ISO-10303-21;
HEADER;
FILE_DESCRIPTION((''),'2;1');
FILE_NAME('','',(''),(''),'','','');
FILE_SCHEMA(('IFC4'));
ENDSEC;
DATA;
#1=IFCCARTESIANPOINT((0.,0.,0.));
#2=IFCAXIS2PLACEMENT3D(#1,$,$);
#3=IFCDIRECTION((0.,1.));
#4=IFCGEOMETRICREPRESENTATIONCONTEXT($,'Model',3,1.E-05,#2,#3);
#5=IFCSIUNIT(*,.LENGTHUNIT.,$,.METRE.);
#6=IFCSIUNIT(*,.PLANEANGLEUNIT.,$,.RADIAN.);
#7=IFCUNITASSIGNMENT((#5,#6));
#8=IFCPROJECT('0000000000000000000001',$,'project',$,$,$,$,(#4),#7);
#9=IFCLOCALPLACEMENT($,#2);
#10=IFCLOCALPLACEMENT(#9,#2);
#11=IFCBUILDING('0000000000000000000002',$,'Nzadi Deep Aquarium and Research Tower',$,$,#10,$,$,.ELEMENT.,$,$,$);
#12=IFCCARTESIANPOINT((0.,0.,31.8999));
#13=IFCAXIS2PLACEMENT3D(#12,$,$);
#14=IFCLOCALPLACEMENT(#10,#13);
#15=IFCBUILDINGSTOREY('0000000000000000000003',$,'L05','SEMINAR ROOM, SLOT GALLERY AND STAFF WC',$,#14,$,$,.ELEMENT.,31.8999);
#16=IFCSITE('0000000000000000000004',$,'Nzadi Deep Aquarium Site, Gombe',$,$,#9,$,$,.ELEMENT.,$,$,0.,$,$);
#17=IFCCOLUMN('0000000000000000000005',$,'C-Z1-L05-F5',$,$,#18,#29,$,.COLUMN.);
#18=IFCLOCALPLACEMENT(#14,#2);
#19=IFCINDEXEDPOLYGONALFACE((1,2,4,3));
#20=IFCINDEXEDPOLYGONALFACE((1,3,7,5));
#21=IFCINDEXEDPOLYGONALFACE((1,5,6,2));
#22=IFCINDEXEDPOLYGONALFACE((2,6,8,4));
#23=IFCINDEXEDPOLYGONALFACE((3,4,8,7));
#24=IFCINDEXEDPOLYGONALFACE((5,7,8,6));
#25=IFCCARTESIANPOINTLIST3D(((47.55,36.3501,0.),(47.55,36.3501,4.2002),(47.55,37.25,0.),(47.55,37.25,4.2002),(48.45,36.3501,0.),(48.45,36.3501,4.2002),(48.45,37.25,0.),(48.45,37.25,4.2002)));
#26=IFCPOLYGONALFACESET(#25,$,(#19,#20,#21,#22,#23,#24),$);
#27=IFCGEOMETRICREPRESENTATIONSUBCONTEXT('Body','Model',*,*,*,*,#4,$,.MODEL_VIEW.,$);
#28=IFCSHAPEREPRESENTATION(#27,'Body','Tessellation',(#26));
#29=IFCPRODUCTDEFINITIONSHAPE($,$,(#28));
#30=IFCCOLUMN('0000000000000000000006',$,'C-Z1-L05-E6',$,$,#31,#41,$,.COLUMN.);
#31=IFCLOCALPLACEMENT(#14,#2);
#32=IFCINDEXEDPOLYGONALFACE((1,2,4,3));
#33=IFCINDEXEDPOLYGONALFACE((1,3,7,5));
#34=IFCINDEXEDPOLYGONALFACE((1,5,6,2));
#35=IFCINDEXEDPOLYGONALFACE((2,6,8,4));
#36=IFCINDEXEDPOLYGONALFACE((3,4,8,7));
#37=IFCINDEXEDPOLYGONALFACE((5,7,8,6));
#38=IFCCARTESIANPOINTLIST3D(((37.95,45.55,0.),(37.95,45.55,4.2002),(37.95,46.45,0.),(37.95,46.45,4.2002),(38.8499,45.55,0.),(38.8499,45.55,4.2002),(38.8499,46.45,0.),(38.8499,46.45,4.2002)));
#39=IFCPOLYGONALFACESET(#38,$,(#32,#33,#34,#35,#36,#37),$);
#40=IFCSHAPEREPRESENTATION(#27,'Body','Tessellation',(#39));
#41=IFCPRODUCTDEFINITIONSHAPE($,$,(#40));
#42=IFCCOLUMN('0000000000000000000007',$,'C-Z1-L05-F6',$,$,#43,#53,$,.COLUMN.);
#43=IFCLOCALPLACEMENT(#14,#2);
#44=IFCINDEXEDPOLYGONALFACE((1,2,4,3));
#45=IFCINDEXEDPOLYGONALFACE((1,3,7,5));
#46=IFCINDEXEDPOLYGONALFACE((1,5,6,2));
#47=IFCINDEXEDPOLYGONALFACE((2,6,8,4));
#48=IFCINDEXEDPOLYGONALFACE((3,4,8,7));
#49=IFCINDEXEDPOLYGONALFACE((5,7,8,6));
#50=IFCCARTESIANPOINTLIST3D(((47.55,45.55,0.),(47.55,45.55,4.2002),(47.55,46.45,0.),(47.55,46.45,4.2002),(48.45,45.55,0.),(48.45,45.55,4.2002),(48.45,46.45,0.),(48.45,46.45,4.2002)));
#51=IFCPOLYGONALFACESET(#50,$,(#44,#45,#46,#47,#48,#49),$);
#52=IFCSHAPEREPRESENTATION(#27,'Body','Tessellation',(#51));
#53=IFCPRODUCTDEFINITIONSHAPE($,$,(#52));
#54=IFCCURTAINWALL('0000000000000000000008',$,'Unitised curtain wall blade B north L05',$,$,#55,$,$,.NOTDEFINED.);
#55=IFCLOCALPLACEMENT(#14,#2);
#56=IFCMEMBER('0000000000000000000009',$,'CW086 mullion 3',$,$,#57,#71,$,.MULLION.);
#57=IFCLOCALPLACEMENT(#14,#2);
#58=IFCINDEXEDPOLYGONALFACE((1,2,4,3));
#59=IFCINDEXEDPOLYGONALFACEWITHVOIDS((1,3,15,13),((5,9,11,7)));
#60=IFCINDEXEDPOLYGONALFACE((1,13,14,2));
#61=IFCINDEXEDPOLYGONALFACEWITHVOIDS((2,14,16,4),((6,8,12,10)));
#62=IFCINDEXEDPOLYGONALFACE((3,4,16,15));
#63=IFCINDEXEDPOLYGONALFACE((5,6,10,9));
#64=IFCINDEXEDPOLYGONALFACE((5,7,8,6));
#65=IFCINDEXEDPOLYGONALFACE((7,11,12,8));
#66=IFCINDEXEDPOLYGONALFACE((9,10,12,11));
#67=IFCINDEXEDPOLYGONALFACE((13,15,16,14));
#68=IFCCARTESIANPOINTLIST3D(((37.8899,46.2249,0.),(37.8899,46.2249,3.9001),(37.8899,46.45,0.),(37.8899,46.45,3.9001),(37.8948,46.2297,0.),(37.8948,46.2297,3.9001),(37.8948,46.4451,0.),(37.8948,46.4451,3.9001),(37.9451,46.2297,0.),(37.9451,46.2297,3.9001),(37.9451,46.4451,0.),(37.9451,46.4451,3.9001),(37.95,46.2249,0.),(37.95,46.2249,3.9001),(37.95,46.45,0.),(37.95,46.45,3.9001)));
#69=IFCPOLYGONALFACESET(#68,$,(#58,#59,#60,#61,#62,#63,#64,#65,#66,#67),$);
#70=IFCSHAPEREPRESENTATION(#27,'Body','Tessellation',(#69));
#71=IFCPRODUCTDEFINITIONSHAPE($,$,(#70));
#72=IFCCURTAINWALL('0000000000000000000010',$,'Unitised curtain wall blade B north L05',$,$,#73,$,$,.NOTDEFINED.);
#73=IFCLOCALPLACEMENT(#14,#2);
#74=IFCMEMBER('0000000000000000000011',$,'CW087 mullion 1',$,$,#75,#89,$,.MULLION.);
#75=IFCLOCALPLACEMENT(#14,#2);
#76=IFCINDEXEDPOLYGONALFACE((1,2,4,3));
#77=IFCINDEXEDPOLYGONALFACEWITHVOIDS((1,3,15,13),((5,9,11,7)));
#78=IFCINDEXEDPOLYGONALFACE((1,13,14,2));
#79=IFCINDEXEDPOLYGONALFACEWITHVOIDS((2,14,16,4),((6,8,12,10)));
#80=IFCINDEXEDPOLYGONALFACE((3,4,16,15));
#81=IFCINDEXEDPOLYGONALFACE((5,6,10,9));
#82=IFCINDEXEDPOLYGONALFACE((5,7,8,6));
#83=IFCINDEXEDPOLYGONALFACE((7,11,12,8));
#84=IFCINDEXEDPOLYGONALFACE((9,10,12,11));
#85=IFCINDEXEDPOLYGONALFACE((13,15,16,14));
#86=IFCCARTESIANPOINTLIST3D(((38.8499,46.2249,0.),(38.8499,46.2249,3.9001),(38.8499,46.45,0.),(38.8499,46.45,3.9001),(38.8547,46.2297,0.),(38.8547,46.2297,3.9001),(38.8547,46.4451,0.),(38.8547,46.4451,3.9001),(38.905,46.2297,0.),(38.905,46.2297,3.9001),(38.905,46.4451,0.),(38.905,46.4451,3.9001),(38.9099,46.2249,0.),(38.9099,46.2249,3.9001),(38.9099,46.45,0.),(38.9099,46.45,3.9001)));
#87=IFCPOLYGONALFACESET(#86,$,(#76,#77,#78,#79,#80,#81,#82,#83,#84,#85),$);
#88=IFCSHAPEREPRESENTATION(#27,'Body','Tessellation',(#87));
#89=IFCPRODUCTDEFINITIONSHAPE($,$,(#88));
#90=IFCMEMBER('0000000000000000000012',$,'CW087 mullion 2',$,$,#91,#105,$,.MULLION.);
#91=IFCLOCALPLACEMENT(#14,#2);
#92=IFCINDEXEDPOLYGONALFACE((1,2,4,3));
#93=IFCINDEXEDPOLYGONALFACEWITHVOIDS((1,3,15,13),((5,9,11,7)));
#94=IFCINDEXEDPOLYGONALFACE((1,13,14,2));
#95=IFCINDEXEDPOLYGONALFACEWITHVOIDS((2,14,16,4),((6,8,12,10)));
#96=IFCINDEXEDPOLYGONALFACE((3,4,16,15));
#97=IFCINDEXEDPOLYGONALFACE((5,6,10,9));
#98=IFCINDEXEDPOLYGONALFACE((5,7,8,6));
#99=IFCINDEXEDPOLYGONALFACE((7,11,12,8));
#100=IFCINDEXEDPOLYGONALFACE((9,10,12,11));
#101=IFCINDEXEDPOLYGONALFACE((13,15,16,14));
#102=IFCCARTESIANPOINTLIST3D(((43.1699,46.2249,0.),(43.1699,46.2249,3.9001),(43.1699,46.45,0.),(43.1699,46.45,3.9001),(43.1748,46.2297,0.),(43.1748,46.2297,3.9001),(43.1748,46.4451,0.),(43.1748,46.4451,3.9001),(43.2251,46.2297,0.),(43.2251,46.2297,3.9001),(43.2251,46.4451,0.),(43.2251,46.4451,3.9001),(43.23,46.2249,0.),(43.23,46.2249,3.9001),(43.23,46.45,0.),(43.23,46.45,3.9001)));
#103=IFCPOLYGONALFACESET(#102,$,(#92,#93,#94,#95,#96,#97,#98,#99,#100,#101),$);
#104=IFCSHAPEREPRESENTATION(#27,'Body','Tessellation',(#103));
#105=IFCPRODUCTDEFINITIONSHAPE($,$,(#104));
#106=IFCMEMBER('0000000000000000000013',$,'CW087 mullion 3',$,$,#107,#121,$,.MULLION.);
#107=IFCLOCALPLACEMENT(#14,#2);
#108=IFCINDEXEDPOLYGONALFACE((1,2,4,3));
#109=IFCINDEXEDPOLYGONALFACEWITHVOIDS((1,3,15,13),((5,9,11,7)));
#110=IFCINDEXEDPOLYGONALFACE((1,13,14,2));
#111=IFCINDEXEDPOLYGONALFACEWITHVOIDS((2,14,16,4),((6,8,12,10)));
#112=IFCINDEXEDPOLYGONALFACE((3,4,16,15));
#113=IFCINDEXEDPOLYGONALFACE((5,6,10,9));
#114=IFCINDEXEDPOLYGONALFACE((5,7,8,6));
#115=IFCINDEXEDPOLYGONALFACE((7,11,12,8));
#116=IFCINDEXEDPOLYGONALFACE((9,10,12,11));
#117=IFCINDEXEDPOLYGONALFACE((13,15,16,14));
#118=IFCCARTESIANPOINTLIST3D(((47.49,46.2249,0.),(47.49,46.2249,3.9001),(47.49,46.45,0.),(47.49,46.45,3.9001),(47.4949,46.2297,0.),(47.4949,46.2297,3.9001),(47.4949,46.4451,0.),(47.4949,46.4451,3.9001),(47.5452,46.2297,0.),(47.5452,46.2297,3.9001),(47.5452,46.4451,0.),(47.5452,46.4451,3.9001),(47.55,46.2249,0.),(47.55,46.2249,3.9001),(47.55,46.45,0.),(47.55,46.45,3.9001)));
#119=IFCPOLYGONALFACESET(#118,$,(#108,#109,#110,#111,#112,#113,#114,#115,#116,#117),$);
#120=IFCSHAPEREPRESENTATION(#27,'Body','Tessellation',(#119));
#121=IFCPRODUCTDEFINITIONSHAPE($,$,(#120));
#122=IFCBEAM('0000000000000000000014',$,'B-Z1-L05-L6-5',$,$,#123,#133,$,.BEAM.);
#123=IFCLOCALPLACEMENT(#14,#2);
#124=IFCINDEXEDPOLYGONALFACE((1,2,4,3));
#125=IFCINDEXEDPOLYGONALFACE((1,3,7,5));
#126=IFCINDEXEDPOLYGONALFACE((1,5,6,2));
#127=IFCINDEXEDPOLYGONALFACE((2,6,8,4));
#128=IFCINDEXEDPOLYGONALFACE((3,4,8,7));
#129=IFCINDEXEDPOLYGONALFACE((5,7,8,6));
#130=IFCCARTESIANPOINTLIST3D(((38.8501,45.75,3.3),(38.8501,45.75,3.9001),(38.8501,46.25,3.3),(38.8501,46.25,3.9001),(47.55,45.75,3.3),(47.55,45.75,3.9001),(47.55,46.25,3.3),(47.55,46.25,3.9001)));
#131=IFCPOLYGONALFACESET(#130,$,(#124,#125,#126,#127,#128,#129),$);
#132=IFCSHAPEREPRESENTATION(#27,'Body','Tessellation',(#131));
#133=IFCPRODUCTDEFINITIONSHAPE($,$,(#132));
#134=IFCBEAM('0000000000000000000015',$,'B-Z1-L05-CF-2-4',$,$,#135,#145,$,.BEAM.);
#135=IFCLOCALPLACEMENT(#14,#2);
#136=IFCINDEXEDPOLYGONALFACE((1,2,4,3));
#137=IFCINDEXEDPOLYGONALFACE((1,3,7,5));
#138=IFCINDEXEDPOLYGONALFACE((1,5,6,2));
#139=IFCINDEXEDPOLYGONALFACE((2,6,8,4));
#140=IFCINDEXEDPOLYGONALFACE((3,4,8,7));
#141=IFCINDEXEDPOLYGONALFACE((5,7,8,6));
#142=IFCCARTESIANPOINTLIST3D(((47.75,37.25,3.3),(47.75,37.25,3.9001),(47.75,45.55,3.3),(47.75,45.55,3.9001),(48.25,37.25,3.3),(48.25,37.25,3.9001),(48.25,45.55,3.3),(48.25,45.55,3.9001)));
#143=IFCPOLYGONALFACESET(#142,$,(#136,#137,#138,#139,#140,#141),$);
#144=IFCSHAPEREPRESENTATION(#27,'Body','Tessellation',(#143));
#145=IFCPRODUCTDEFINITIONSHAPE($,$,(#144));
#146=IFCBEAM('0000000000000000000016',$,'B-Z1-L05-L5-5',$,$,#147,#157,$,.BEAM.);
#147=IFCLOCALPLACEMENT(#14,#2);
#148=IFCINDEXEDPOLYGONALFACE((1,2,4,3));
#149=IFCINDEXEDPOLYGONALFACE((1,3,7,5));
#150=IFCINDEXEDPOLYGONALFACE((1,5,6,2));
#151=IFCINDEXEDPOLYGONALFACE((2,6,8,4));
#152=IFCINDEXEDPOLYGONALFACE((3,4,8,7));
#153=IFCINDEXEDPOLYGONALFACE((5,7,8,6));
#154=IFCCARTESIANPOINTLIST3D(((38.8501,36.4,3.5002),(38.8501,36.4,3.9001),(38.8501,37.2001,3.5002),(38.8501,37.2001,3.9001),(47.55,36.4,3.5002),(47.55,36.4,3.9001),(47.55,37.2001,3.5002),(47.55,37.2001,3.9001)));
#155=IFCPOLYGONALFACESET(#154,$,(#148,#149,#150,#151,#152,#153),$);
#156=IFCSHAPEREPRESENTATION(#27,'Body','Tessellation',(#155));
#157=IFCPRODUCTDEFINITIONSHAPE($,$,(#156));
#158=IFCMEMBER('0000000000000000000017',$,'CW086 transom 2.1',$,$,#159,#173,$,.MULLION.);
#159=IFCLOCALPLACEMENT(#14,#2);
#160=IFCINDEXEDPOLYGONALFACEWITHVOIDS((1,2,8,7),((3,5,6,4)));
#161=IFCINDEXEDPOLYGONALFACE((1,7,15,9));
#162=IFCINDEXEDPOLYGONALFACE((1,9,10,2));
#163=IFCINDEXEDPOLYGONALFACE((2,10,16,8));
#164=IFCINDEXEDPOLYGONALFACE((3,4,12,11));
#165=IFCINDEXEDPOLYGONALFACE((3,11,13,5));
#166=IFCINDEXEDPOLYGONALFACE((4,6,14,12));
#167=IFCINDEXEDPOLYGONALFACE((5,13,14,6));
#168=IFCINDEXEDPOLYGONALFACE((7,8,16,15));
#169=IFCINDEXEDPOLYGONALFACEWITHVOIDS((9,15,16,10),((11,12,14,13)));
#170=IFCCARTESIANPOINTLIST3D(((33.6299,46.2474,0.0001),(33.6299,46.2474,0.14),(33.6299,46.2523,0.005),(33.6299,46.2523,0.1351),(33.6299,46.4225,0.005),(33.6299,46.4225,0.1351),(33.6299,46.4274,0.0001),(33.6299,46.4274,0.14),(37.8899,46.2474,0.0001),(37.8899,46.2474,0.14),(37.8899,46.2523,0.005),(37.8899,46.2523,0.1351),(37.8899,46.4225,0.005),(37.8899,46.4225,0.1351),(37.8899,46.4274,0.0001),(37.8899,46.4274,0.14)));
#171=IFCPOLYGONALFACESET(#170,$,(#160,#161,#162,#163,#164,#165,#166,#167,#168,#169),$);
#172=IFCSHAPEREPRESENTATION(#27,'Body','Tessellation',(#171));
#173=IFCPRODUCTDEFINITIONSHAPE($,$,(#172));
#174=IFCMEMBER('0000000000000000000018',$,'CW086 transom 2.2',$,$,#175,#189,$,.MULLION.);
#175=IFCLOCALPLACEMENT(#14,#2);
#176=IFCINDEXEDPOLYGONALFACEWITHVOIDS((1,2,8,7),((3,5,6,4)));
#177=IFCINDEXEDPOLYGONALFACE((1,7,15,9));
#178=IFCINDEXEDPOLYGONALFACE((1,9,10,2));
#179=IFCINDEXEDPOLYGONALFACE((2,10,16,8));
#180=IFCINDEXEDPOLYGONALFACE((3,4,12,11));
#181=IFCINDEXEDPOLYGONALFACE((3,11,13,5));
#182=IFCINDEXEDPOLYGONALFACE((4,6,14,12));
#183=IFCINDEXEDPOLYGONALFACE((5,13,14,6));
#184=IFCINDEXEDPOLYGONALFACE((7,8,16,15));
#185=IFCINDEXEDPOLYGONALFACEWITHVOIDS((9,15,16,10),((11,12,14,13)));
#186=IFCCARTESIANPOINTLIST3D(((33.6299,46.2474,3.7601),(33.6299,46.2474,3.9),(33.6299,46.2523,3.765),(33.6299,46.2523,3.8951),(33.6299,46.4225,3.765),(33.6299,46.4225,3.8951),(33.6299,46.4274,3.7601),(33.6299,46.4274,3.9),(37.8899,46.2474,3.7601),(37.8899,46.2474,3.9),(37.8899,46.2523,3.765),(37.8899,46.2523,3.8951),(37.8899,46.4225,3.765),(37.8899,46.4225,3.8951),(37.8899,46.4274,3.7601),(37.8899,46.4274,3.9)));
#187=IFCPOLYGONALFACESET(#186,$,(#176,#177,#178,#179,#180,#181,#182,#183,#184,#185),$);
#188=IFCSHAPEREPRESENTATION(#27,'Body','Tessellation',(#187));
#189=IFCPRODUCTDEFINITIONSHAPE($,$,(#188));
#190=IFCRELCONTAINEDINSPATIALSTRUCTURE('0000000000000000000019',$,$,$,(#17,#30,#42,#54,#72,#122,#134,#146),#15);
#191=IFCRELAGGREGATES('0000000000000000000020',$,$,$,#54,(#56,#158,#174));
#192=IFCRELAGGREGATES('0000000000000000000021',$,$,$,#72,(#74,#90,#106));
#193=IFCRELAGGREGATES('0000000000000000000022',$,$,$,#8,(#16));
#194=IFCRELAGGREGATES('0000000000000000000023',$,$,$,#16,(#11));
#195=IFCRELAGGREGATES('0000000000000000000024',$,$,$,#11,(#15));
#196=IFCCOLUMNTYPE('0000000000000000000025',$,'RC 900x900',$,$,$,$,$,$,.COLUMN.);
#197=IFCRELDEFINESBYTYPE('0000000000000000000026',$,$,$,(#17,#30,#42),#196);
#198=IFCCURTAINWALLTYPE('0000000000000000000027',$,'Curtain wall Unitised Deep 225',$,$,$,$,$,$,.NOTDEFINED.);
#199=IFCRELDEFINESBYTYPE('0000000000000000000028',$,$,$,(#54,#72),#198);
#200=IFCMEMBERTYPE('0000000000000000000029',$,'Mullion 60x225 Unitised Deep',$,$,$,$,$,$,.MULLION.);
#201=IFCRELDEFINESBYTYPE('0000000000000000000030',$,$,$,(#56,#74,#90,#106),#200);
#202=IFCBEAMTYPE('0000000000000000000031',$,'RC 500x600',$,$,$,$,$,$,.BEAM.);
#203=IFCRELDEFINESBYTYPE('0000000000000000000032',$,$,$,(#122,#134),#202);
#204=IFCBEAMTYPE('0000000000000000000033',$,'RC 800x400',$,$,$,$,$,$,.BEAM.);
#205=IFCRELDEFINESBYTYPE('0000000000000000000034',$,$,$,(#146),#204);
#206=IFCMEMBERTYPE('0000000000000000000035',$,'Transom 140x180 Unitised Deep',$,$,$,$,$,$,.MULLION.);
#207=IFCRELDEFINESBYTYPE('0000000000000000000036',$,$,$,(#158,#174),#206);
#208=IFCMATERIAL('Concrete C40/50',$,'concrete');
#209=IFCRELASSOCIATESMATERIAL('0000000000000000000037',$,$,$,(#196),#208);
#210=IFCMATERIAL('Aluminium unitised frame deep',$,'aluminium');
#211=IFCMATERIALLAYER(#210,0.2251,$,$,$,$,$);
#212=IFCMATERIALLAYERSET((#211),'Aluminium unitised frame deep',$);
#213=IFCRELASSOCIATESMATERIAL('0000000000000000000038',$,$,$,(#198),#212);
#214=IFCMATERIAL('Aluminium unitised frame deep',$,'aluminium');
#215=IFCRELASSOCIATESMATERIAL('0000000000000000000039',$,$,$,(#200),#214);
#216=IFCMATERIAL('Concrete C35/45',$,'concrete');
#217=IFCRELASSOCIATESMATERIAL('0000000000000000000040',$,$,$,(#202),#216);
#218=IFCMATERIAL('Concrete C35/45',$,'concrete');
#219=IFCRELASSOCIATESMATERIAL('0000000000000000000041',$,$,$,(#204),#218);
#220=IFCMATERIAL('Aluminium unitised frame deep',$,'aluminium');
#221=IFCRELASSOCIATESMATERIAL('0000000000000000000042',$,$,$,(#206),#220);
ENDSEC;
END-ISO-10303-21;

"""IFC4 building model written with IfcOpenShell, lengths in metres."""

from ifc_helpers import new_model, si_unit, direction, frame, origin, origin_2d, place, context, subcontext, project, spatial, rectangle, hollow_rectangle, extrude, material, layer, layer_set, material_profile, profile_set, type_object, element, aggregate, save


model = new_model("IFC4")

# Units and contexts
model_context = context("Model", 3, precision=1e-05, world=origin(), true_north=direction((0.0, 1.0)))
body_context = subcontext(model_context, "Body", "Model", "MODEL_VIEW")
ifc_project = project(units=[si_unit("LENGTHUNIT", "METRE"), si_unit("PLANEANGLEUNIT", "RADIAN")], contexts=[model_context])

# Site, building, storey
site_placement = place(None, origin())
site = spatial("IfcSite", under=ifc_project, at=site_placement, Name="Nzadi Deep Aquarium Site, Gombe", CompositionType="ELEMENT", RefElevation=0.0)
building_placement = place(site_placement, origin())
building = spatial("IfcBuilding", under=site, at=building_placement, Name="Nzadi Deep Aquarium and Research Tower", CompositionType="ELEMENT")
storey_placement = place(building_placement, frame((0.0, 0.0, 31.8999)))
storey = spatial("IfcBuildingStorey", under=building, at=storey_placement, Name="L05", Description="SEMINAR ROOM, SLOT GALLERY AND STAFF WC", CompositionType="ELEMENT", Elevation=31.8999)

# Columns
ifc_material_1 = material(Name="Concrete C40/50", Category="concrete")
ifc_material_profile_1 = material_profile(ifc_material_1, rectangle(XDim=0.8999, YDim=0.8999, at=origin_2d()))
ifc_profile_set_1 = profile_set([ifc_material_profile_1], Name="Concrete C40/50")
column_type = type_object("IfcColumnType", Name="RC 900x900", PredefinedType="COLUMN", material=ifc_profile_set_1)
for number, where, z_axis, x_axis, name in (
    (1, (48.0, 36.8, 0.0), (0.0, 0.0, 1.0), (1.0, 0.0, 0.0), "C-Z1-L05-F5"),
    (2, (38.3999, 46.0, 0.0), (0.0, 0.0, 1.0), (1.0, 0.0, 0.0), "C-Z1-L05-E6"),
    (3, (48.0, 46.0, 0.0), (0.0, 0.0, 1.0), (1.0, 0.0, 0.0), "C-Z1-L05-F6"),
):
    element("IfcColumn", number, at=place(storey_placement, frame(where, z_axis=z_axis, x_axis=x_axis)), inside=storey, type_object=column_type, Name=name, PredefinedType="COLUMN", context=body_context, shape_type="SweptSolid", body=[
        extrude(rectangle(XDim=0.8999, YDim=0.8999, at=origin_2d()), origin(), (0.0, 0.0, 1.0), 4.2002),
    ])

# Curtain wall, member
ifc_material_2 = material(Name="Aluminium unitised frame deep", Category="aluminium")
ifc_layer_1 = layer(ifc_material_2, 0.2251)
ifc_layer_set_1 = layer_set([ifc_layer_1], Name="Aluminium unitised frame deep")
curtain_wall_type = type_object("IfcCurtainWallType", Name="Curtain wall Unitised Deep 225", PredefinedType="NOTDEFINED", material=ifc_layer_set_1)
curtain_wall_1_placement = place(storey_placement, origin())
curtain_wall_1 = element("IfcCurtainWall", 4, at=curtain_wall_1_placement, inside=storey, type_object=curtain_wall_type, Name="Unitised curtain wall blade B north L05", PredefinedType="NOTDEFINED")
ifc_material_3 = material(Name="Aluminium unitised frame deep", Category="aluminium")
ifc_material_profile_2 = material_profile(ifc_material_3, hollow_rectangle(XDim=0.2251, YDim=0.0601, WallThickness=0.0049, at=origin_2d()))
ifc_profile_set_2 = profile_set([ifc_material_profile_2], Name="Aluminium unitised frame deep")
member_type_1 = type_object("IfcMemberType", Name="Mullion 60x225 Unitised Deep", PredefinedType="MULLION", material=ifc_profile_set_2)
member_1_placement = place(storey_placement, frame((37.9199, 46.3374, 0.0), z_axis=(0.0, 0.0, 1.0), x_axis=(0.0, 1.0, 0.0)))
member_1 = element("IfcMember", 5, at=member_1_placement, type_object=member_type_1, Name="CW086 mullion 3", PredefinedType="MULLION", context=body_context, shape_type="SweptSolid", body=[
    extrude(hollow_rectangle(XDim=0.2251, YDim=0.0601, WallThickness=0.0049, at=origin_2d()), origin(), (0.0, 0.0, 1.0), 3.9001),
])

# Curtain wall, members
curtain_wall_2_placement = place(storey_placement, origin())
curtain_wall_2 = element("IfcCurtainWall", 6, at=curtain_wall_2_placement, inside=storey, type_object=curtain_wall_type, Name="Unitised curtain wall blade B north L05", PredefinedType="NOTDEFINED")
member_2_placement = place(storey_placement, frame((38.8799, 46.3374, 0.0), z_axis=(0.0, 0.0, 1.0), x_axis=(0.0, 1.0, 0.0)))
member_2 = element("IfcMember", 7, at=member_2_placement, type_object=member_type_1, Name="CW087 mullion 1", PredefinedType="MULLION", context=body_context, shape_type="SweptSolid", body=[
    extrude(hollow_rectangle(XDim=0.2251, YDim=0.0601, WallThickness=0.0049, at=origin_2d()), origin(), (0.0, 0.0, 1.0), 3.9001),
])
member_3_placement = place(storey_placement, frame((43.2, 46.3374, 0.0), z_axis=(0.0, 0.0, 1.0), x_axis=(0.0, 1.0, 0.0)))
member_3 = element("IfcMember", 8, at=member_3_placement, type_object=member_type_1, Name="CW087 mullion 2", PredefinedType="MULLION", context=body_context, shape_type="SweptSolid", body=[
    extrude(hollow_rectangle(XDim=0.2251, YDim=0.0601, WallThickness=0.0049, at=origin_2d()), origin(), (0.0, 0.0, 1.0), 3.9001),
])
member_4_placement = place(storey_placement, frame((47.52, 46.3374, 0.0), z_axis=(0.0, 0.0, 1.0), x_axis=(0.0, 1.0, 0.0)))
member_4 = element("IfcMember", 9, at=member_4_placement, type_object=member_type_1, Name="CW087 mullion 3", PredefinedType="MULLION", context=body_context, shape_type="SweptSolid", body=[
    extrude(hollow_rectangle(XDim=0.2251, YDim=0.0601, WallThickness=0.0049, at=origin_2d()), origin(), (0.0, 0.0, 1.0), 3.9001),
])

# Beams
ifc_material_4 = material(Name="Concrete C35/45", Category="concrete")
ifc_material_profile_3 = material_profile(ifc_material_4, rectangle(XDim=0.5, YDim=0.6001, at=origin_2d()))
ifc_profile_set_3 = profile_set([ifc_material_profile_3], Name="Concrete C35/45")
beam_type_1 = type_object("IfcBeamType", Name="RC 500x600", PredefinedType="BEAM", material=ifc_profile_set_3)
beam_1_placement = place(storey_placement, frame((38.8501, 46.0, 3.6001), z_axis=(1.0, 0.0, 0.0), x_axis=(0.0, 1.0, 0.0)))
element("IfcBeam", 10, at=beam_1_placement, inside=storey, type_object=beam_type_1, Name="B-Z1-L05-L6-5", PredefinedType="BEAM", context=body_context, shape_type="SweptSolid", body=[
    extrude(rectangle(XDim=0.5, YDim=0.6001, at=origin_2d()), origin(), (0.0, 0.0, 1.0), 8.7),
])
beam_2_placement = place(storey_placement, frame((48.0, 37.25, 3.6001), z_axis=(0.0, 1.0, 0.0), x_axis=(-1.0, 0.0, 0.0)))
element("IfcBeam", 11, at=beam_2_placement, inside=storey, type_object=beam_type_1, Name="B-Z1-L05-CF-2-4", PredefinedType="BEAM", context=body_context, shape_type="SweptSolid", body=[
    extrude(rectangle(XDim=0.5, YDim=0.6001, at=origin_2d()), origin(), (0.0, 0.0, 1.0), 8.3),
])
ifc_material_5 = material(Name="Concrete C35/45", Category="concrete")
ifc_material_profile_4 = material_profile(ifc_material_5, rectangle(XDim=0.8, YDim=0.3999, at=origin_2d()))
ifc_profile_set_4 = profile_set([ifc_material_profile_4], Name="Concrete C35/45")
beam_type_2 = type_object("IfcBeamType", Name="RC 800x400", PredefinedType="BEAM", material=ifc_profile_set_4)
beam_3_placement = place(storey_placement, frame((38.8501, 36.8, 3.7002), z_axis=(1.0, 0.0, 0.0), x_axis=(0.0, 1.0, 0.0)))
element("IfcBeam", 12, at=beam_3_placement, inside=storey, type_object=beam_type_2, Name="B-Z1-L05-L5-5", PredefinedType="BEAM", context=body_context, shape_type="SweptSolid", body=[
    extrude(rectangle(XDim=0.8, YDim=0.3999, at=origin_2d()), origin(), (0.0, 0.0, 1.0), 8.7),
])

# Members
ifc_material_6 = material(Name="Aluminium unitised frame deep", Category="aluminium")
ifc_material_profile_5 = material_profile(ifc_material_6, hollow_rectangle(XDim=0.1799, YDim=0.1399, WallThickness=0.0049, at=origin_2d()))
ifc_profile_set_5 = profile_set([ifc_material_profile_5], Name="Aluminium unitised frame deep")
member_type_2 = type_object("IfcMemberType", Name="Transom 140x180 Unitised Deep", PredefinedType="MULLION", material=ifc_profile_set_5)
member_5_placement = place(storey_placement, frame((33.6299, 46.3374, 0.0701), z_axis=(1.0, 0.0, 0.0), x_axis=(0.0, 1.0, 0.0)))
member_5 = element("IfcMember", 13, at=member_5_placement, type_object=member_type_2, Name="CW086 transom 2.1", PredefinedType="MULLION", context=body_context, shape_type="SweptSolid", body=[
    extrude(hollow_rectangle(XDim=0.1799, YDim=0.1399, WallThickness=0.0049, at=origin_2d()), origin(), (0.0, 0.0, 1.0), 4.26),
])
member_6_placement = place(storey_placement, frame((33.6299, 46.3374, 3.8301), z_axis=(1.0, 0.0, 0.0), x_axis=(0.0, 1.0, 0.0)))
member_6 = element("IfcMember", 14, at=member_6_placement, type_object=member_type_2, Name="CW086 transom 2.2", PredefinedType="MULLION", context=body_context, shape_type="SweptSolid", body=[
    extrude(hollow_rectangle(XDim=0.1799, YDim=0.1399, WallThickness=0.0049, at=origin_2d()), origin(), (0.0, 0.0, 1.0), 4.26),
])

aggregate(curtain_wall_1, [member_1, member_5, member_6])
aggregate(curtain_wall_2, [member_2, member_3, member_4])

save(model, "model.ifc")
